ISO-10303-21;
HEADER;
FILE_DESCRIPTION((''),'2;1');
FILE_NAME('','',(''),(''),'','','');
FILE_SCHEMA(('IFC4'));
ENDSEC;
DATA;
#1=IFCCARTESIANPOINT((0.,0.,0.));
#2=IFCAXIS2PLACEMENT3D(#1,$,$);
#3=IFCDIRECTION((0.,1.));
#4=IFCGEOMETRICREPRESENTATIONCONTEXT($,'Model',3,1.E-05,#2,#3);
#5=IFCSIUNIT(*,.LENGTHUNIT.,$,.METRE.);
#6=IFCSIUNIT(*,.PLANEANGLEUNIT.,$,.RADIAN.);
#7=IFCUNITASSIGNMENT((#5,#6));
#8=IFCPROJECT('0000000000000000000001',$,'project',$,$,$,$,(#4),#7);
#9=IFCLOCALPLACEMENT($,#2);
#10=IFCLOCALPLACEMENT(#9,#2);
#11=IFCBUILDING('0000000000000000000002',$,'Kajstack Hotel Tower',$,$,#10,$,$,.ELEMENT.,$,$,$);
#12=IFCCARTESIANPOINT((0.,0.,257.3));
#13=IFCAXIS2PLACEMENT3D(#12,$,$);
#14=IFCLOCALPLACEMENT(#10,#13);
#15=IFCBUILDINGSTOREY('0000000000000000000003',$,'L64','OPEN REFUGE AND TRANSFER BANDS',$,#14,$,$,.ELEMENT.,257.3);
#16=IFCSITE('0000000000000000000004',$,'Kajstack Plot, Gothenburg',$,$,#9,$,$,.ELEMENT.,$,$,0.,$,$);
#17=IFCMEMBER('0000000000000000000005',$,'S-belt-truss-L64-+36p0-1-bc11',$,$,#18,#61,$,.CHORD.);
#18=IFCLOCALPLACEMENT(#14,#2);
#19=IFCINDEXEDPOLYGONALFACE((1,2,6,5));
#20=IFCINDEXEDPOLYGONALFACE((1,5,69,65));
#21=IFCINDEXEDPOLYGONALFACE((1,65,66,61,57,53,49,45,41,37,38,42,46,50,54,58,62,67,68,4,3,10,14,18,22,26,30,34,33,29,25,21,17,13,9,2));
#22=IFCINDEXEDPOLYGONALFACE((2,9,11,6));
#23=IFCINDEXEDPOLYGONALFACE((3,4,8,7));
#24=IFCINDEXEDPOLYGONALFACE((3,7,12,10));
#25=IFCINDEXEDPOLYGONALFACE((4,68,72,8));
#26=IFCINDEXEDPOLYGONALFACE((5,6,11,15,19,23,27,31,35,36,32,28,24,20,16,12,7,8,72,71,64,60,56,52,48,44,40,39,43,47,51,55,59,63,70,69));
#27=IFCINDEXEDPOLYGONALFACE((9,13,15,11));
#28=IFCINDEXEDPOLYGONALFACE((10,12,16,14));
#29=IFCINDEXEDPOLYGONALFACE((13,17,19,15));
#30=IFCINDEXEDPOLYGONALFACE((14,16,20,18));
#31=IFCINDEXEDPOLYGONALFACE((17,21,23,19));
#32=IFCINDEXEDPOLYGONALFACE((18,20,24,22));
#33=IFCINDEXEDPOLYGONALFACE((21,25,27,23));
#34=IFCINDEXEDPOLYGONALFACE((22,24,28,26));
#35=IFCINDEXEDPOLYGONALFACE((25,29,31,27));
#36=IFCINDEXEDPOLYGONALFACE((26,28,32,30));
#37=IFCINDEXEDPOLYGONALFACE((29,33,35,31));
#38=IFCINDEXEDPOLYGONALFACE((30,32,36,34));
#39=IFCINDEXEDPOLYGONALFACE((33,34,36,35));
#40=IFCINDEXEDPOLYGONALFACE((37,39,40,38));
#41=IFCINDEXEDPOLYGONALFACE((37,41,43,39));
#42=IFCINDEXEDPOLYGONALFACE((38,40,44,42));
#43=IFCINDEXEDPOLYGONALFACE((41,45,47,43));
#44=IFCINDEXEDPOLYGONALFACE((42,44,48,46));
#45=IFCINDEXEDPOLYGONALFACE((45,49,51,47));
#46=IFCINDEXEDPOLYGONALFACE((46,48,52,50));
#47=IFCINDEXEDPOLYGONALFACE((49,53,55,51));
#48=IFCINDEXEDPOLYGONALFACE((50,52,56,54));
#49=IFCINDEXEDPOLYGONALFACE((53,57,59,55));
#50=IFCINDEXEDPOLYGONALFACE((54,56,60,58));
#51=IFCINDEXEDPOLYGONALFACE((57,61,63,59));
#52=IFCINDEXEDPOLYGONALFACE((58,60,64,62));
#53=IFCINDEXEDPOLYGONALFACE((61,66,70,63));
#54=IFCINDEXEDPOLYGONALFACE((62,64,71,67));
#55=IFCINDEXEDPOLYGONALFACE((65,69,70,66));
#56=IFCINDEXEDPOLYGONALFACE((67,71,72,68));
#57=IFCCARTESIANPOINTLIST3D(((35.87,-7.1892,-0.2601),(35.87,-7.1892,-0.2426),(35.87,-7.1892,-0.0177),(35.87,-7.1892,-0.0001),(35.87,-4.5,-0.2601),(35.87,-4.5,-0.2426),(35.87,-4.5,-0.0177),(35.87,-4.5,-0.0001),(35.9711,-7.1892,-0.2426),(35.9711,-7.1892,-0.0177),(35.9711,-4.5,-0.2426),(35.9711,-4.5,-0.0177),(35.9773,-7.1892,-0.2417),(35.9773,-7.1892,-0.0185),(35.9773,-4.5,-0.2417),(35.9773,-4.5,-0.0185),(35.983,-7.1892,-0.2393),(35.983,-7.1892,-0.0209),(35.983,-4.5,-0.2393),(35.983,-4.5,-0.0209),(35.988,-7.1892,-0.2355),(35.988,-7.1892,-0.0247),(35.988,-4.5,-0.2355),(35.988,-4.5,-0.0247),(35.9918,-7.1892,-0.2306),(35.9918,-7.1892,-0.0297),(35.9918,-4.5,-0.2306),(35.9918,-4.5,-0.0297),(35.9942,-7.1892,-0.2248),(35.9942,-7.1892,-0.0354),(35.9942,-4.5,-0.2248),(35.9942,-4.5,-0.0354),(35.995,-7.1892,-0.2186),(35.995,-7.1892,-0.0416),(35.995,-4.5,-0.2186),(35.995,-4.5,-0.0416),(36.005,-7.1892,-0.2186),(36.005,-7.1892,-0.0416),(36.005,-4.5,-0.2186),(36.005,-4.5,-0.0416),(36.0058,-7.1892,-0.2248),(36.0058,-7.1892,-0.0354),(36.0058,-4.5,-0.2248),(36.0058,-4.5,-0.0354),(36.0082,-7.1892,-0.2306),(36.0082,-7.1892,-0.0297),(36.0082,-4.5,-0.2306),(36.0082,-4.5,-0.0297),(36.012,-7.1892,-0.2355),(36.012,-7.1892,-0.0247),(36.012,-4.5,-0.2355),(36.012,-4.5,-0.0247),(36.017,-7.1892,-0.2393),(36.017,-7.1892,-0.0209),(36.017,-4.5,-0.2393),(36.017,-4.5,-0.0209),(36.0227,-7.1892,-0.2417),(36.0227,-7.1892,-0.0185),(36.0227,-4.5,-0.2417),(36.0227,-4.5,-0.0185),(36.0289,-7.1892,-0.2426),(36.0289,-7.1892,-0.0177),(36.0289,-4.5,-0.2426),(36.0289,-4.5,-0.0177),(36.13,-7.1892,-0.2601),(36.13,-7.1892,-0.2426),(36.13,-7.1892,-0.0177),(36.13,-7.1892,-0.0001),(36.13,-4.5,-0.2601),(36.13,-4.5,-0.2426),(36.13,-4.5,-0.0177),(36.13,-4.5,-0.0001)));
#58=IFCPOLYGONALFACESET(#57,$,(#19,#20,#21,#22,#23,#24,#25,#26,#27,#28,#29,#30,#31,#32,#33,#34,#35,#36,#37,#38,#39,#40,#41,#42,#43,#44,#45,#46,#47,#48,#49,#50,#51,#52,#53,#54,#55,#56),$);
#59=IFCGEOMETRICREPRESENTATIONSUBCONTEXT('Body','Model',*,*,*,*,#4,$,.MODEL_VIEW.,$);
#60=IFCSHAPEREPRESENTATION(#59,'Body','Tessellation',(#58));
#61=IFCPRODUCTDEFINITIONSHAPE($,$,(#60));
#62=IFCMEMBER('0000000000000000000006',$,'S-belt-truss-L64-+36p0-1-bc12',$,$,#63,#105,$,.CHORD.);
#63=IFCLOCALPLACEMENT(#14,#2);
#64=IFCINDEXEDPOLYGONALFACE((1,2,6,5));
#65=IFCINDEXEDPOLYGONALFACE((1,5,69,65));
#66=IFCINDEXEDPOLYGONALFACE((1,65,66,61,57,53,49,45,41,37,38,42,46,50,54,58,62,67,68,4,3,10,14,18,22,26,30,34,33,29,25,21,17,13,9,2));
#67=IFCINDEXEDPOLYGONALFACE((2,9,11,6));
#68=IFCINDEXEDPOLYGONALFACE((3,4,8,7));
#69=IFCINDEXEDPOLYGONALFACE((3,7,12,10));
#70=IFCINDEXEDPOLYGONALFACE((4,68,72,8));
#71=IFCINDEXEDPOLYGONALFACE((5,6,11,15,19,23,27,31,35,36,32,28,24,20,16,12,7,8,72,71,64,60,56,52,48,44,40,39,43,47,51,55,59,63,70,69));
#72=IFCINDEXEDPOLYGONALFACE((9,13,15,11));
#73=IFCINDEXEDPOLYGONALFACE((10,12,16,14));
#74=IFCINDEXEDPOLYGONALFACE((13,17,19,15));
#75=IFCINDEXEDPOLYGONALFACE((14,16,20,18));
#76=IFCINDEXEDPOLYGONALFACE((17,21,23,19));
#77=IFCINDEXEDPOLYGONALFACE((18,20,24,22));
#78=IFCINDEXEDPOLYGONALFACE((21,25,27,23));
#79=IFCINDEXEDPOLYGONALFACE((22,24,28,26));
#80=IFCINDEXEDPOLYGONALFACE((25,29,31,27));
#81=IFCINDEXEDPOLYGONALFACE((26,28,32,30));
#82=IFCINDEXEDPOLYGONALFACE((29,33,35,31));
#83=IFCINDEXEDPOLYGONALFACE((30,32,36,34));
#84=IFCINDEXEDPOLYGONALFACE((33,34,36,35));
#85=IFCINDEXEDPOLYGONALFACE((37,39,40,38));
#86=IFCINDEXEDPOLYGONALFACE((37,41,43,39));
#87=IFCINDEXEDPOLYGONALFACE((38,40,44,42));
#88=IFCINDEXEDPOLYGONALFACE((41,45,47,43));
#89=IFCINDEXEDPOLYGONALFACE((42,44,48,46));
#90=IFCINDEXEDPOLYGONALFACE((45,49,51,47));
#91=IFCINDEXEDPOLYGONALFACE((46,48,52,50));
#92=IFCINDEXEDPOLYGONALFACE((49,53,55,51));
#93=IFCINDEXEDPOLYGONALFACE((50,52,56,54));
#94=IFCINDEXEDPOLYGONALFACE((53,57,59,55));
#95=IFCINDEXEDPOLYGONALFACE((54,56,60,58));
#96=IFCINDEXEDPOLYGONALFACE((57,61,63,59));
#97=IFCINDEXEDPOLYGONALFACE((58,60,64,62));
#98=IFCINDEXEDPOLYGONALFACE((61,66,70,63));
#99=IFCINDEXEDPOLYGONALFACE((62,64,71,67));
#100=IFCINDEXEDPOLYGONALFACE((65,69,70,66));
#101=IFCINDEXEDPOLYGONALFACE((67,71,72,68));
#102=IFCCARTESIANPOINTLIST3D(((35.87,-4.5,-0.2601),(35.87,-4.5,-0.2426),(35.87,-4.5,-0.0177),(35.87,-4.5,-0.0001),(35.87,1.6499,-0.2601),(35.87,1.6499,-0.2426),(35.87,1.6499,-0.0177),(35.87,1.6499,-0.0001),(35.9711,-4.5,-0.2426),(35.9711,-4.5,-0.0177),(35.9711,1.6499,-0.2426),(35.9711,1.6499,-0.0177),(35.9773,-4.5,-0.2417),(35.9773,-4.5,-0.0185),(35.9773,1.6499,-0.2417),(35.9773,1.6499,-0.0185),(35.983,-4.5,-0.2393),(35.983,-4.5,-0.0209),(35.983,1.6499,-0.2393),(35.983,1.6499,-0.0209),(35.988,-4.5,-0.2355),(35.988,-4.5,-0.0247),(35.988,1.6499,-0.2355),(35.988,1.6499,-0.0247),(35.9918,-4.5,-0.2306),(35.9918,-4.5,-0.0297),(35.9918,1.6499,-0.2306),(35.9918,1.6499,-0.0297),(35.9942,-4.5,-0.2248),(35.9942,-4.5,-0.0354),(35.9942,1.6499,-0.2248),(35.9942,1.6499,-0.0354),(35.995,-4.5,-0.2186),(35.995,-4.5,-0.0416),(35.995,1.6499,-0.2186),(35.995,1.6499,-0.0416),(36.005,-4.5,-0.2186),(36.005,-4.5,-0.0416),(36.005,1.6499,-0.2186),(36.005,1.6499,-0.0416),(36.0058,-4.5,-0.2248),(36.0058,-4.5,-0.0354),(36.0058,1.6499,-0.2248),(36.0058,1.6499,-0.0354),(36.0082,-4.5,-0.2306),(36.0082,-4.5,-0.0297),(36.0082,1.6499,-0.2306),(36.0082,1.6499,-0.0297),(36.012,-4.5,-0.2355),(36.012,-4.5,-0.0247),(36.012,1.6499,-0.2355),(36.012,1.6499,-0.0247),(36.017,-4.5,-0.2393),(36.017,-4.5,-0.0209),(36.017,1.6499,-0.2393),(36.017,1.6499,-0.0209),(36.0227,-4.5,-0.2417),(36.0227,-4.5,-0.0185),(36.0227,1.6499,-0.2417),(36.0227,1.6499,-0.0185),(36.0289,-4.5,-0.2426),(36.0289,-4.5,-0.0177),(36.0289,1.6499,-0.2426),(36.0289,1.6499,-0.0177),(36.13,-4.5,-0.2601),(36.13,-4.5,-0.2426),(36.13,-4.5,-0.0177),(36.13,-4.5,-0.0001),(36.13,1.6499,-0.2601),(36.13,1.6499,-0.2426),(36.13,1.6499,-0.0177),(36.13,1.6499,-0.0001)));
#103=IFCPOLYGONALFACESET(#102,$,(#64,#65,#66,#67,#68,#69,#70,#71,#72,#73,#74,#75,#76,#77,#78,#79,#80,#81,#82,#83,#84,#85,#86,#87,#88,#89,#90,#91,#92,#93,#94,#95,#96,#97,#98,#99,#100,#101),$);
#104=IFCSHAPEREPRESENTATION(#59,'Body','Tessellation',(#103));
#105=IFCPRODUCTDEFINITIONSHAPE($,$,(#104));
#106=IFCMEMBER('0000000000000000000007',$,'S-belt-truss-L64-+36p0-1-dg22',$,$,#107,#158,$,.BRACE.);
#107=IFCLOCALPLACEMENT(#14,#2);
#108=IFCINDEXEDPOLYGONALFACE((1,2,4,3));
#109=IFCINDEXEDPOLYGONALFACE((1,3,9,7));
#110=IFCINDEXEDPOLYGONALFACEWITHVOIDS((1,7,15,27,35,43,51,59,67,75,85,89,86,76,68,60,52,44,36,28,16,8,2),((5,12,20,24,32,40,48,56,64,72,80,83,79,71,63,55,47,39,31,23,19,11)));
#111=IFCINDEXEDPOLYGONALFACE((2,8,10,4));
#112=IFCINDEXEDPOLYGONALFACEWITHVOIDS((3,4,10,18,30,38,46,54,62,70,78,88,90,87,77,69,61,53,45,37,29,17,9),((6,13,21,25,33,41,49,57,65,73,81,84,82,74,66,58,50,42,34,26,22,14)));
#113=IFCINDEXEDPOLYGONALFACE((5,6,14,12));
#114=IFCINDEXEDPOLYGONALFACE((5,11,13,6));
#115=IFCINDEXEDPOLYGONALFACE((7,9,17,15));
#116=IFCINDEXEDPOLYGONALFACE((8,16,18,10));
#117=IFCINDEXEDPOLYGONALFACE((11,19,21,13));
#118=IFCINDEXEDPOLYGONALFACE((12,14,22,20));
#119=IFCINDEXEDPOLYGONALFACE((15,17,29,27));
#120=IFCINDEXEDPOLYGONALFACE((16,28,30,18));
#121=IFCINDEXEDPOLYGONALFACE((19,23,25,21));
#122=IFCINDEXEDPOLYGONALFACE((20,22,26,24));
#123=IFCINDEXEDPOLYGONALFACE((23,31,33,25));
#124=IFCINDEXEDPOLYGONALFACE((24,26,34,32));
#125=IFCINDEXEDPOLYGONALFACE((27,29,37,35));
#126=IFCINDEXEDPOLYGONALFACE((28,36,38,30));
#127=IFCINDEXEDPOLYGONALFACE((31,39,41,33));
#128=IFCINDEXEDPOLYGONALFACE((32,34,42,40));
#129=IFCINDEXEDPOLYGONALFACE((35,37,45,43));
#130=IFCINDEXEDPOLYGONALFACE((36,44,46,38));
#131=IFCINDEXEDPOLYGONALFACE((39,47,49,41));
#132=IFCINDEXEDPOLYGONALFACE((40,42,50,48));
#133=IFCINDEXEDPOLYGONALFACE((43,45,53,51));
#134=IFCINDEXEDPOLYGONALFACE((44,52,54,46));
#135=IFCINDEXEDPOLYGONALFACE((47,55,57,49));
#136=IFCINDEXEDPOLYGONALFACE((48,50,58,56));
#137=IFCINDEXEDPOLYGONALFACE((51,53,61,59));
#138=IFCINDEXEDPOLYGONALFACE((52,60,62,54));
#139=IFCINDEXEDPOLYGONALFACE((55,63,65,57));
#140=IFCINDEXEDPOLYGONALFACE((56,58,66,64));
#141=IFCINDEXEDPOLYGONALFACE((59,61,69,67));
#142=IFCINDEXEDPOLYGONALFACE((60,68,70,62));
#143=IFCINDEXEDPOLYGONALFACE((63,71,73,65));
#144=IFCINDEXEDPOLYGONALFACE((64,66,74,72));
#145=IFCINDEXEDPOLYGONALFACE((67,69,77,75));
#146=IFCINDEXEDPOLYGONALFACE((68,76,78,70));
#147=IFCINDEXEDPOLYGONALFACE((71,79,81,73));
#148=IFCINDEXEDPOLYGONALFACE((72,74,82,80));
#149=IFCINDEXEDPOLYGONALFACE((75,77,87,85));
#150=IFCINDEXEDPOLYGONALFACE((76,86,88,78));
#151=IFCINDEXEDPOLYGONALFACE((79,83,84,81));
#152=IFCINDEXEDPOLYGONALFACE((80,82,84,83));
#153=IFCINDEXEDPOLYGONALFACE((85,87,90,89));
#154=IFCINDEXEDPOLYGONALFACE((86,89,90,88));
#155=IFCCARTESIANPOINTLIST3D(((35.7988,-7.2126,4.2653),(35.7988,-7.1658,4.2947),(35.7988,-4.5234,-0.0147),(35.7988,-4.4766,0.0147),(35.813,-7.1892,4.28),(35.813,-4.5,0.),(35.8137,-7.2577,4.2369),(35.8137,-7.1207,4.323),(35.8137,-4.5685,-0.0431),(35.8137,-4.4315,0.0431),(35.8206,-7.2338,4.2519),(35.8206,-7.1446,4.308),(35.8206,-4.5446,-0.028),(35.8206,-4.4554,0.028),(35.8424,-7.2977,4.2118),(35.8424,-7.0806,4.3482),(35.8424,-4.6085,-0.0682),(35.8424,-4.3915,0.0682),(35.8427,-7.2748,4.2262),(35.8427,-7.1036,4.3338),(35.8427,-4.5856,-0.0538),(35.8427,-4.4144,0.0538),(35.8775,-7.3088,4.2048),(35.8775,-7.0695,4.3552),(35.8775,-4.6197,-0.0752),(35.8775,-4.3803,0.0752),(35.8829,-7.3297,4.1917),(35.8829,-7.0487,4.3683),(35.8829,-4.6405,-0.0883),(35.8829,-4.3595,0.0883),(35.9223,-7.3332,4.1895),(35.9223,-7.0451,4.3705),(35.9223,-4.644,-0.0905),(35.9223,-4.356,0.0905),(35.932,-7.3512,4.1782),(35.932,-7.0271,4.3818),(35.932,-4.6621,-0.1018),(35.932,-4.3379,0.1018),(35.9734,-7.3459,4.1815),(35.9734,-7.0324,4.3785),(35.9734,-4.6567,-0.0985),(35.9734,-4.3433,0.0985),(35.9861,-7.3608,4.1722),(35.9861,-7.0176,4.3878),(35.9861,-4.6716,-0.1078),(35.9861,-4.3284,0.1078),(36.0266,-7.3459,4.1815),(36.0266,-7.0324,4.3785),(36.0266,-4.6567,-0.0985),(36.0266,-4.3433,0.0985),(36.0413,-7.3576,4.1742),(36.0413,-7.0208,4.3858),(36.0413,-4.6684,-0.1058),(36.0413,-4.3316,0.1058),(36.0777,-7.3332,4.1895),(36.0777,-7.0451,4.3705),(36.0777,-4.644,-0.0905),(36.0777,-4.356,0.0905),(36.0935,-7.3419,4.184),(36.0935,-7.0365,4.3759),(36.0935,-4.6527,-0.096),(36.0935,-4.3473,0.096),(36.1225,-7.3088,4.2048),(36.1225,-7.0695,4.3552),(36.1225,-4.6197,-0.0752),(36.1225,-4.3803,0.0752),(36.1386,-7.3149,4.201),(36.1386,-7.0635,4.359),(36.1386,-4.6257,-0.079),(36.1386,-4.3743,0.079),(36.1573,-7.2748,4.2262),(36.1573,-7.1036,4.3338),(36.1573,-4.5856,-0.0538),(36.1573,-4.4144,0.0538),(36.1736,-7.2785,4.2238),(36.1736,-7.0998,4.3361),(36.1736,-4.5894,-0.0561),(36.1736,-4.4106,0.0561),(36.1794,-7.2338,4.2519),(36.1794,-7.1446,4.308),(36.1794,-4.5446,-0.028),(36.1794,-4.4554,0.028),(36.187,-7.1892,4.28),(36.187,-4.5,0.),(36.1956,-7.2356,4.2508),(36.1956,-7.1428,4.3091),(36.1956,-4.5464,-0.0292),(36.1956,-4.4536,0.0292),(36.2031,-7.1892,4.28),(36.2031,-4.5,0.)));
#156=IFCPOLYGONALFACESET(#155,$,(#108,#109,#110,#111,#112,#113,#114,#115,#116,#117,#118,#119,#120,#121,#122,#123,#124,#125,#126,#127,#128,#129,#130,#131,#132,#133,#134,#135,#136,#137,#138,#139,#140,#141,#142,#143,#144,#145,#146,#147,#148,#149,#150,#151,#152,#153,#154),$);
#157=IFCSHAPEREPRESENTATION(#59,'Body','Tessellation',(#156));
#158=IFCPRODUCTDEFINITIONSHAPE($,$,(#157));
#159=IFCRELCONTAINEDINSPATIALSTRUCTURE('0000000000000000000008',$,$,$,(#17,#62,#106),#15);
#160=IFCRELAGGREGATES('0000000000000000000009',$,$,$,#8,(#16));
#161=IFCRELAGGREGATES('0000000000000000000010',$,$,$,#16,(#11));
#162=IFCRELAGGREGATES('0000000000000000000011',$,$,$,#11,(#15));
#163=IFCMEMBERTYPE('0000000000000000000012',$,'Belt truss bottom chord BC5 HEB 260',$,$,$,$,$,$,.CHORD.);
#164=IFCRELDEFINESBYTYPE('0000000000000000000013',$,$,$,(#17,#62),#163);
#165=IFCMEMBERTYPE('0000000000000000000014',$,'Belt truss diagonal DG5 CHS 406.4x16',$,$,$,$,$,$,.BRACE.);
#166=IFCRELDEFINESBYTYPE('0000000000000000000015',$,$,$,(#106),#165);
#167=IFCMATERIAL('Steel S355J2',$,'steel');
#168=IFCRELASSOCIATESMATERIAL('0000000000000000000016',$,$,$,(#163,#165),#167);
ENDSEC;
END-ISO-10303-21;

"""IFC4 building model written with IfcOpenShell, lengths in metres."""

from ifc_helpers import new_model, si_unit, direction, frame, origin, origin_2d, place, context, subcontext, project, spatial, hollow_circle, i_section, extrude, material, material_profile, profile_set, type_object, element, save


model = new_model("IFC4")

# Units and contexts
model_context = context("Model", 3, precision=1e-05, world=origin(), true_north=direction((0.0, 1.0)))
body_context = subcontext(model_context, "Body", "Model", "MODEL_VIEW")
ifc_project = project(units=[si_unit("LENGTHUNIT", "METRE"), si_unit("PLANEANGLEUNIT", "RADIAN")], contexts=[model_context])

# Site, building, storey
site_placement = place(None, origin())
site = spatial("IfcSite", under=ifc_project, at=site_placement, Name="Kajstack Plot, Gothenburg", CompositionType="ELEMENT", RefElevation=0.0)
building_placement = place(site_placement, origin())
building = spatial("IfcBuilding", under=site, at=building_placement, Name="Kajstack Hotel Tower", CompositionType="ELEMENT")
storey_placement = place(building_placement, frame((0.0, 0.0, 257.3)))
storey = spatial("IfcBuildingStorey", under=building, at=storey_placement, Name="L64", Description="OPEN REFUGE AND TRANSFER BANDS", CompositionType="ELEMENT", Elevation=257.3)

# Members
ifc_material_1 = material(Name="Steel S355J2", Category="steel")
ifc_material_profile_1 = material_profile(ifc_material_1, i_section(OverallWidth=0.26, OverallDepth=0.26, WebThickness=0.01, FlangeThickness=0.0176, FilletRadius=0.0239, at=origin_2d()), Name="HEB 260")
ifc_profile_set_1 = profile_set([ifc_material_profile_1], Name="Steel S355J2")
member_type_1 = type_object("IfcMemberType", Name="Belt truss bottom chord BC5 HEB 260", PredefinedType="CHORD", material=ifc_profile_set_1)
member_1_placement = place(storey_placement, frame((36.0, -7.1892, -0.1301), z_axis=(0.0, 1.0, 0.0), x_axis=(-1.0, 0.0, 0.0)))
element("IfcMember", 1, at=member_1_placement, inside=storey, type_object=member_type_1, Name="S-belt-truss-L64-+36p0-1-bc11", PredefinedType="CHORD", context=body_context, shape_type="SweptSolid", body=[
    extrude(i_section(OverallWidth=0.26, OverallDepth=0.26, WebThickness=0.01, FlangeThickness=0.0176, FilletRadius=0.0239, at=origin_2d()), origin(), (0.0, 0.0, 1.0), 2.6892),
])
member_2_placement = place(storey_placement, frame((36.0, -4.5, -0.1301), z_axis=(0.0, 1.0, 0.0), x_axis=(-1.0, 0.0, 0.0)))
element("IfcMember", 2, at=member_2_placement, inside=storey, type_object=member_type_1, Name="S-belt-truss-L64-+36p0-1-bc12", PredefinedType="CHORD", context=body_context, shape_type="SweptSolid", body=[
    extrude(i_section(OverallWidth=0.26, OverallDepth=0.26, WebThickness=0.01, FlangeThickness=0.0176, FilletRadius=0.0239, at=origin_2d()), origin(), (0.0, 0.0, 1.0), 6.1499),
])
ifc_material_profile_2 = material_profile(ifc_material_1, hollow_circle(Radius=0.2031, WallThickness=0.0161, at=origin_2d()), Name="CHS 406.4x16")
ifc_profile_set_2 = profile_set([ifc_material_profile_2], Name="Steel S355J2")
member_type_2 = type_object("IfcMemberType", Name="Belt truss diagonal DG5 CHS 406.4x16", PredefinedType="BRACE", material=ifc_profile_set_2)
member_3_placement = place(storey_placement, frame((36.0, -4.5, 0.0), z_axis=(0.0, -0.532016, 0.846734), x_axis=(1.0, 0.0, 0.0)))
element("IfcMember", 3, at=member_3_placement, inside=storey, type_object=member_type_2, Name="S-belt-truss-L64-+36p0-1-dg22", PredefinedType="BRACE", context=body_context, shape_type="SweptSolid", body=[
    extrude(hollow_circle(Radius=0.2031, WallThickness=0.0161, at=origin_2d()), origin(), (0.0, 0.0, 1.0), 5.0547),
])

save(model, "model.ifc")
